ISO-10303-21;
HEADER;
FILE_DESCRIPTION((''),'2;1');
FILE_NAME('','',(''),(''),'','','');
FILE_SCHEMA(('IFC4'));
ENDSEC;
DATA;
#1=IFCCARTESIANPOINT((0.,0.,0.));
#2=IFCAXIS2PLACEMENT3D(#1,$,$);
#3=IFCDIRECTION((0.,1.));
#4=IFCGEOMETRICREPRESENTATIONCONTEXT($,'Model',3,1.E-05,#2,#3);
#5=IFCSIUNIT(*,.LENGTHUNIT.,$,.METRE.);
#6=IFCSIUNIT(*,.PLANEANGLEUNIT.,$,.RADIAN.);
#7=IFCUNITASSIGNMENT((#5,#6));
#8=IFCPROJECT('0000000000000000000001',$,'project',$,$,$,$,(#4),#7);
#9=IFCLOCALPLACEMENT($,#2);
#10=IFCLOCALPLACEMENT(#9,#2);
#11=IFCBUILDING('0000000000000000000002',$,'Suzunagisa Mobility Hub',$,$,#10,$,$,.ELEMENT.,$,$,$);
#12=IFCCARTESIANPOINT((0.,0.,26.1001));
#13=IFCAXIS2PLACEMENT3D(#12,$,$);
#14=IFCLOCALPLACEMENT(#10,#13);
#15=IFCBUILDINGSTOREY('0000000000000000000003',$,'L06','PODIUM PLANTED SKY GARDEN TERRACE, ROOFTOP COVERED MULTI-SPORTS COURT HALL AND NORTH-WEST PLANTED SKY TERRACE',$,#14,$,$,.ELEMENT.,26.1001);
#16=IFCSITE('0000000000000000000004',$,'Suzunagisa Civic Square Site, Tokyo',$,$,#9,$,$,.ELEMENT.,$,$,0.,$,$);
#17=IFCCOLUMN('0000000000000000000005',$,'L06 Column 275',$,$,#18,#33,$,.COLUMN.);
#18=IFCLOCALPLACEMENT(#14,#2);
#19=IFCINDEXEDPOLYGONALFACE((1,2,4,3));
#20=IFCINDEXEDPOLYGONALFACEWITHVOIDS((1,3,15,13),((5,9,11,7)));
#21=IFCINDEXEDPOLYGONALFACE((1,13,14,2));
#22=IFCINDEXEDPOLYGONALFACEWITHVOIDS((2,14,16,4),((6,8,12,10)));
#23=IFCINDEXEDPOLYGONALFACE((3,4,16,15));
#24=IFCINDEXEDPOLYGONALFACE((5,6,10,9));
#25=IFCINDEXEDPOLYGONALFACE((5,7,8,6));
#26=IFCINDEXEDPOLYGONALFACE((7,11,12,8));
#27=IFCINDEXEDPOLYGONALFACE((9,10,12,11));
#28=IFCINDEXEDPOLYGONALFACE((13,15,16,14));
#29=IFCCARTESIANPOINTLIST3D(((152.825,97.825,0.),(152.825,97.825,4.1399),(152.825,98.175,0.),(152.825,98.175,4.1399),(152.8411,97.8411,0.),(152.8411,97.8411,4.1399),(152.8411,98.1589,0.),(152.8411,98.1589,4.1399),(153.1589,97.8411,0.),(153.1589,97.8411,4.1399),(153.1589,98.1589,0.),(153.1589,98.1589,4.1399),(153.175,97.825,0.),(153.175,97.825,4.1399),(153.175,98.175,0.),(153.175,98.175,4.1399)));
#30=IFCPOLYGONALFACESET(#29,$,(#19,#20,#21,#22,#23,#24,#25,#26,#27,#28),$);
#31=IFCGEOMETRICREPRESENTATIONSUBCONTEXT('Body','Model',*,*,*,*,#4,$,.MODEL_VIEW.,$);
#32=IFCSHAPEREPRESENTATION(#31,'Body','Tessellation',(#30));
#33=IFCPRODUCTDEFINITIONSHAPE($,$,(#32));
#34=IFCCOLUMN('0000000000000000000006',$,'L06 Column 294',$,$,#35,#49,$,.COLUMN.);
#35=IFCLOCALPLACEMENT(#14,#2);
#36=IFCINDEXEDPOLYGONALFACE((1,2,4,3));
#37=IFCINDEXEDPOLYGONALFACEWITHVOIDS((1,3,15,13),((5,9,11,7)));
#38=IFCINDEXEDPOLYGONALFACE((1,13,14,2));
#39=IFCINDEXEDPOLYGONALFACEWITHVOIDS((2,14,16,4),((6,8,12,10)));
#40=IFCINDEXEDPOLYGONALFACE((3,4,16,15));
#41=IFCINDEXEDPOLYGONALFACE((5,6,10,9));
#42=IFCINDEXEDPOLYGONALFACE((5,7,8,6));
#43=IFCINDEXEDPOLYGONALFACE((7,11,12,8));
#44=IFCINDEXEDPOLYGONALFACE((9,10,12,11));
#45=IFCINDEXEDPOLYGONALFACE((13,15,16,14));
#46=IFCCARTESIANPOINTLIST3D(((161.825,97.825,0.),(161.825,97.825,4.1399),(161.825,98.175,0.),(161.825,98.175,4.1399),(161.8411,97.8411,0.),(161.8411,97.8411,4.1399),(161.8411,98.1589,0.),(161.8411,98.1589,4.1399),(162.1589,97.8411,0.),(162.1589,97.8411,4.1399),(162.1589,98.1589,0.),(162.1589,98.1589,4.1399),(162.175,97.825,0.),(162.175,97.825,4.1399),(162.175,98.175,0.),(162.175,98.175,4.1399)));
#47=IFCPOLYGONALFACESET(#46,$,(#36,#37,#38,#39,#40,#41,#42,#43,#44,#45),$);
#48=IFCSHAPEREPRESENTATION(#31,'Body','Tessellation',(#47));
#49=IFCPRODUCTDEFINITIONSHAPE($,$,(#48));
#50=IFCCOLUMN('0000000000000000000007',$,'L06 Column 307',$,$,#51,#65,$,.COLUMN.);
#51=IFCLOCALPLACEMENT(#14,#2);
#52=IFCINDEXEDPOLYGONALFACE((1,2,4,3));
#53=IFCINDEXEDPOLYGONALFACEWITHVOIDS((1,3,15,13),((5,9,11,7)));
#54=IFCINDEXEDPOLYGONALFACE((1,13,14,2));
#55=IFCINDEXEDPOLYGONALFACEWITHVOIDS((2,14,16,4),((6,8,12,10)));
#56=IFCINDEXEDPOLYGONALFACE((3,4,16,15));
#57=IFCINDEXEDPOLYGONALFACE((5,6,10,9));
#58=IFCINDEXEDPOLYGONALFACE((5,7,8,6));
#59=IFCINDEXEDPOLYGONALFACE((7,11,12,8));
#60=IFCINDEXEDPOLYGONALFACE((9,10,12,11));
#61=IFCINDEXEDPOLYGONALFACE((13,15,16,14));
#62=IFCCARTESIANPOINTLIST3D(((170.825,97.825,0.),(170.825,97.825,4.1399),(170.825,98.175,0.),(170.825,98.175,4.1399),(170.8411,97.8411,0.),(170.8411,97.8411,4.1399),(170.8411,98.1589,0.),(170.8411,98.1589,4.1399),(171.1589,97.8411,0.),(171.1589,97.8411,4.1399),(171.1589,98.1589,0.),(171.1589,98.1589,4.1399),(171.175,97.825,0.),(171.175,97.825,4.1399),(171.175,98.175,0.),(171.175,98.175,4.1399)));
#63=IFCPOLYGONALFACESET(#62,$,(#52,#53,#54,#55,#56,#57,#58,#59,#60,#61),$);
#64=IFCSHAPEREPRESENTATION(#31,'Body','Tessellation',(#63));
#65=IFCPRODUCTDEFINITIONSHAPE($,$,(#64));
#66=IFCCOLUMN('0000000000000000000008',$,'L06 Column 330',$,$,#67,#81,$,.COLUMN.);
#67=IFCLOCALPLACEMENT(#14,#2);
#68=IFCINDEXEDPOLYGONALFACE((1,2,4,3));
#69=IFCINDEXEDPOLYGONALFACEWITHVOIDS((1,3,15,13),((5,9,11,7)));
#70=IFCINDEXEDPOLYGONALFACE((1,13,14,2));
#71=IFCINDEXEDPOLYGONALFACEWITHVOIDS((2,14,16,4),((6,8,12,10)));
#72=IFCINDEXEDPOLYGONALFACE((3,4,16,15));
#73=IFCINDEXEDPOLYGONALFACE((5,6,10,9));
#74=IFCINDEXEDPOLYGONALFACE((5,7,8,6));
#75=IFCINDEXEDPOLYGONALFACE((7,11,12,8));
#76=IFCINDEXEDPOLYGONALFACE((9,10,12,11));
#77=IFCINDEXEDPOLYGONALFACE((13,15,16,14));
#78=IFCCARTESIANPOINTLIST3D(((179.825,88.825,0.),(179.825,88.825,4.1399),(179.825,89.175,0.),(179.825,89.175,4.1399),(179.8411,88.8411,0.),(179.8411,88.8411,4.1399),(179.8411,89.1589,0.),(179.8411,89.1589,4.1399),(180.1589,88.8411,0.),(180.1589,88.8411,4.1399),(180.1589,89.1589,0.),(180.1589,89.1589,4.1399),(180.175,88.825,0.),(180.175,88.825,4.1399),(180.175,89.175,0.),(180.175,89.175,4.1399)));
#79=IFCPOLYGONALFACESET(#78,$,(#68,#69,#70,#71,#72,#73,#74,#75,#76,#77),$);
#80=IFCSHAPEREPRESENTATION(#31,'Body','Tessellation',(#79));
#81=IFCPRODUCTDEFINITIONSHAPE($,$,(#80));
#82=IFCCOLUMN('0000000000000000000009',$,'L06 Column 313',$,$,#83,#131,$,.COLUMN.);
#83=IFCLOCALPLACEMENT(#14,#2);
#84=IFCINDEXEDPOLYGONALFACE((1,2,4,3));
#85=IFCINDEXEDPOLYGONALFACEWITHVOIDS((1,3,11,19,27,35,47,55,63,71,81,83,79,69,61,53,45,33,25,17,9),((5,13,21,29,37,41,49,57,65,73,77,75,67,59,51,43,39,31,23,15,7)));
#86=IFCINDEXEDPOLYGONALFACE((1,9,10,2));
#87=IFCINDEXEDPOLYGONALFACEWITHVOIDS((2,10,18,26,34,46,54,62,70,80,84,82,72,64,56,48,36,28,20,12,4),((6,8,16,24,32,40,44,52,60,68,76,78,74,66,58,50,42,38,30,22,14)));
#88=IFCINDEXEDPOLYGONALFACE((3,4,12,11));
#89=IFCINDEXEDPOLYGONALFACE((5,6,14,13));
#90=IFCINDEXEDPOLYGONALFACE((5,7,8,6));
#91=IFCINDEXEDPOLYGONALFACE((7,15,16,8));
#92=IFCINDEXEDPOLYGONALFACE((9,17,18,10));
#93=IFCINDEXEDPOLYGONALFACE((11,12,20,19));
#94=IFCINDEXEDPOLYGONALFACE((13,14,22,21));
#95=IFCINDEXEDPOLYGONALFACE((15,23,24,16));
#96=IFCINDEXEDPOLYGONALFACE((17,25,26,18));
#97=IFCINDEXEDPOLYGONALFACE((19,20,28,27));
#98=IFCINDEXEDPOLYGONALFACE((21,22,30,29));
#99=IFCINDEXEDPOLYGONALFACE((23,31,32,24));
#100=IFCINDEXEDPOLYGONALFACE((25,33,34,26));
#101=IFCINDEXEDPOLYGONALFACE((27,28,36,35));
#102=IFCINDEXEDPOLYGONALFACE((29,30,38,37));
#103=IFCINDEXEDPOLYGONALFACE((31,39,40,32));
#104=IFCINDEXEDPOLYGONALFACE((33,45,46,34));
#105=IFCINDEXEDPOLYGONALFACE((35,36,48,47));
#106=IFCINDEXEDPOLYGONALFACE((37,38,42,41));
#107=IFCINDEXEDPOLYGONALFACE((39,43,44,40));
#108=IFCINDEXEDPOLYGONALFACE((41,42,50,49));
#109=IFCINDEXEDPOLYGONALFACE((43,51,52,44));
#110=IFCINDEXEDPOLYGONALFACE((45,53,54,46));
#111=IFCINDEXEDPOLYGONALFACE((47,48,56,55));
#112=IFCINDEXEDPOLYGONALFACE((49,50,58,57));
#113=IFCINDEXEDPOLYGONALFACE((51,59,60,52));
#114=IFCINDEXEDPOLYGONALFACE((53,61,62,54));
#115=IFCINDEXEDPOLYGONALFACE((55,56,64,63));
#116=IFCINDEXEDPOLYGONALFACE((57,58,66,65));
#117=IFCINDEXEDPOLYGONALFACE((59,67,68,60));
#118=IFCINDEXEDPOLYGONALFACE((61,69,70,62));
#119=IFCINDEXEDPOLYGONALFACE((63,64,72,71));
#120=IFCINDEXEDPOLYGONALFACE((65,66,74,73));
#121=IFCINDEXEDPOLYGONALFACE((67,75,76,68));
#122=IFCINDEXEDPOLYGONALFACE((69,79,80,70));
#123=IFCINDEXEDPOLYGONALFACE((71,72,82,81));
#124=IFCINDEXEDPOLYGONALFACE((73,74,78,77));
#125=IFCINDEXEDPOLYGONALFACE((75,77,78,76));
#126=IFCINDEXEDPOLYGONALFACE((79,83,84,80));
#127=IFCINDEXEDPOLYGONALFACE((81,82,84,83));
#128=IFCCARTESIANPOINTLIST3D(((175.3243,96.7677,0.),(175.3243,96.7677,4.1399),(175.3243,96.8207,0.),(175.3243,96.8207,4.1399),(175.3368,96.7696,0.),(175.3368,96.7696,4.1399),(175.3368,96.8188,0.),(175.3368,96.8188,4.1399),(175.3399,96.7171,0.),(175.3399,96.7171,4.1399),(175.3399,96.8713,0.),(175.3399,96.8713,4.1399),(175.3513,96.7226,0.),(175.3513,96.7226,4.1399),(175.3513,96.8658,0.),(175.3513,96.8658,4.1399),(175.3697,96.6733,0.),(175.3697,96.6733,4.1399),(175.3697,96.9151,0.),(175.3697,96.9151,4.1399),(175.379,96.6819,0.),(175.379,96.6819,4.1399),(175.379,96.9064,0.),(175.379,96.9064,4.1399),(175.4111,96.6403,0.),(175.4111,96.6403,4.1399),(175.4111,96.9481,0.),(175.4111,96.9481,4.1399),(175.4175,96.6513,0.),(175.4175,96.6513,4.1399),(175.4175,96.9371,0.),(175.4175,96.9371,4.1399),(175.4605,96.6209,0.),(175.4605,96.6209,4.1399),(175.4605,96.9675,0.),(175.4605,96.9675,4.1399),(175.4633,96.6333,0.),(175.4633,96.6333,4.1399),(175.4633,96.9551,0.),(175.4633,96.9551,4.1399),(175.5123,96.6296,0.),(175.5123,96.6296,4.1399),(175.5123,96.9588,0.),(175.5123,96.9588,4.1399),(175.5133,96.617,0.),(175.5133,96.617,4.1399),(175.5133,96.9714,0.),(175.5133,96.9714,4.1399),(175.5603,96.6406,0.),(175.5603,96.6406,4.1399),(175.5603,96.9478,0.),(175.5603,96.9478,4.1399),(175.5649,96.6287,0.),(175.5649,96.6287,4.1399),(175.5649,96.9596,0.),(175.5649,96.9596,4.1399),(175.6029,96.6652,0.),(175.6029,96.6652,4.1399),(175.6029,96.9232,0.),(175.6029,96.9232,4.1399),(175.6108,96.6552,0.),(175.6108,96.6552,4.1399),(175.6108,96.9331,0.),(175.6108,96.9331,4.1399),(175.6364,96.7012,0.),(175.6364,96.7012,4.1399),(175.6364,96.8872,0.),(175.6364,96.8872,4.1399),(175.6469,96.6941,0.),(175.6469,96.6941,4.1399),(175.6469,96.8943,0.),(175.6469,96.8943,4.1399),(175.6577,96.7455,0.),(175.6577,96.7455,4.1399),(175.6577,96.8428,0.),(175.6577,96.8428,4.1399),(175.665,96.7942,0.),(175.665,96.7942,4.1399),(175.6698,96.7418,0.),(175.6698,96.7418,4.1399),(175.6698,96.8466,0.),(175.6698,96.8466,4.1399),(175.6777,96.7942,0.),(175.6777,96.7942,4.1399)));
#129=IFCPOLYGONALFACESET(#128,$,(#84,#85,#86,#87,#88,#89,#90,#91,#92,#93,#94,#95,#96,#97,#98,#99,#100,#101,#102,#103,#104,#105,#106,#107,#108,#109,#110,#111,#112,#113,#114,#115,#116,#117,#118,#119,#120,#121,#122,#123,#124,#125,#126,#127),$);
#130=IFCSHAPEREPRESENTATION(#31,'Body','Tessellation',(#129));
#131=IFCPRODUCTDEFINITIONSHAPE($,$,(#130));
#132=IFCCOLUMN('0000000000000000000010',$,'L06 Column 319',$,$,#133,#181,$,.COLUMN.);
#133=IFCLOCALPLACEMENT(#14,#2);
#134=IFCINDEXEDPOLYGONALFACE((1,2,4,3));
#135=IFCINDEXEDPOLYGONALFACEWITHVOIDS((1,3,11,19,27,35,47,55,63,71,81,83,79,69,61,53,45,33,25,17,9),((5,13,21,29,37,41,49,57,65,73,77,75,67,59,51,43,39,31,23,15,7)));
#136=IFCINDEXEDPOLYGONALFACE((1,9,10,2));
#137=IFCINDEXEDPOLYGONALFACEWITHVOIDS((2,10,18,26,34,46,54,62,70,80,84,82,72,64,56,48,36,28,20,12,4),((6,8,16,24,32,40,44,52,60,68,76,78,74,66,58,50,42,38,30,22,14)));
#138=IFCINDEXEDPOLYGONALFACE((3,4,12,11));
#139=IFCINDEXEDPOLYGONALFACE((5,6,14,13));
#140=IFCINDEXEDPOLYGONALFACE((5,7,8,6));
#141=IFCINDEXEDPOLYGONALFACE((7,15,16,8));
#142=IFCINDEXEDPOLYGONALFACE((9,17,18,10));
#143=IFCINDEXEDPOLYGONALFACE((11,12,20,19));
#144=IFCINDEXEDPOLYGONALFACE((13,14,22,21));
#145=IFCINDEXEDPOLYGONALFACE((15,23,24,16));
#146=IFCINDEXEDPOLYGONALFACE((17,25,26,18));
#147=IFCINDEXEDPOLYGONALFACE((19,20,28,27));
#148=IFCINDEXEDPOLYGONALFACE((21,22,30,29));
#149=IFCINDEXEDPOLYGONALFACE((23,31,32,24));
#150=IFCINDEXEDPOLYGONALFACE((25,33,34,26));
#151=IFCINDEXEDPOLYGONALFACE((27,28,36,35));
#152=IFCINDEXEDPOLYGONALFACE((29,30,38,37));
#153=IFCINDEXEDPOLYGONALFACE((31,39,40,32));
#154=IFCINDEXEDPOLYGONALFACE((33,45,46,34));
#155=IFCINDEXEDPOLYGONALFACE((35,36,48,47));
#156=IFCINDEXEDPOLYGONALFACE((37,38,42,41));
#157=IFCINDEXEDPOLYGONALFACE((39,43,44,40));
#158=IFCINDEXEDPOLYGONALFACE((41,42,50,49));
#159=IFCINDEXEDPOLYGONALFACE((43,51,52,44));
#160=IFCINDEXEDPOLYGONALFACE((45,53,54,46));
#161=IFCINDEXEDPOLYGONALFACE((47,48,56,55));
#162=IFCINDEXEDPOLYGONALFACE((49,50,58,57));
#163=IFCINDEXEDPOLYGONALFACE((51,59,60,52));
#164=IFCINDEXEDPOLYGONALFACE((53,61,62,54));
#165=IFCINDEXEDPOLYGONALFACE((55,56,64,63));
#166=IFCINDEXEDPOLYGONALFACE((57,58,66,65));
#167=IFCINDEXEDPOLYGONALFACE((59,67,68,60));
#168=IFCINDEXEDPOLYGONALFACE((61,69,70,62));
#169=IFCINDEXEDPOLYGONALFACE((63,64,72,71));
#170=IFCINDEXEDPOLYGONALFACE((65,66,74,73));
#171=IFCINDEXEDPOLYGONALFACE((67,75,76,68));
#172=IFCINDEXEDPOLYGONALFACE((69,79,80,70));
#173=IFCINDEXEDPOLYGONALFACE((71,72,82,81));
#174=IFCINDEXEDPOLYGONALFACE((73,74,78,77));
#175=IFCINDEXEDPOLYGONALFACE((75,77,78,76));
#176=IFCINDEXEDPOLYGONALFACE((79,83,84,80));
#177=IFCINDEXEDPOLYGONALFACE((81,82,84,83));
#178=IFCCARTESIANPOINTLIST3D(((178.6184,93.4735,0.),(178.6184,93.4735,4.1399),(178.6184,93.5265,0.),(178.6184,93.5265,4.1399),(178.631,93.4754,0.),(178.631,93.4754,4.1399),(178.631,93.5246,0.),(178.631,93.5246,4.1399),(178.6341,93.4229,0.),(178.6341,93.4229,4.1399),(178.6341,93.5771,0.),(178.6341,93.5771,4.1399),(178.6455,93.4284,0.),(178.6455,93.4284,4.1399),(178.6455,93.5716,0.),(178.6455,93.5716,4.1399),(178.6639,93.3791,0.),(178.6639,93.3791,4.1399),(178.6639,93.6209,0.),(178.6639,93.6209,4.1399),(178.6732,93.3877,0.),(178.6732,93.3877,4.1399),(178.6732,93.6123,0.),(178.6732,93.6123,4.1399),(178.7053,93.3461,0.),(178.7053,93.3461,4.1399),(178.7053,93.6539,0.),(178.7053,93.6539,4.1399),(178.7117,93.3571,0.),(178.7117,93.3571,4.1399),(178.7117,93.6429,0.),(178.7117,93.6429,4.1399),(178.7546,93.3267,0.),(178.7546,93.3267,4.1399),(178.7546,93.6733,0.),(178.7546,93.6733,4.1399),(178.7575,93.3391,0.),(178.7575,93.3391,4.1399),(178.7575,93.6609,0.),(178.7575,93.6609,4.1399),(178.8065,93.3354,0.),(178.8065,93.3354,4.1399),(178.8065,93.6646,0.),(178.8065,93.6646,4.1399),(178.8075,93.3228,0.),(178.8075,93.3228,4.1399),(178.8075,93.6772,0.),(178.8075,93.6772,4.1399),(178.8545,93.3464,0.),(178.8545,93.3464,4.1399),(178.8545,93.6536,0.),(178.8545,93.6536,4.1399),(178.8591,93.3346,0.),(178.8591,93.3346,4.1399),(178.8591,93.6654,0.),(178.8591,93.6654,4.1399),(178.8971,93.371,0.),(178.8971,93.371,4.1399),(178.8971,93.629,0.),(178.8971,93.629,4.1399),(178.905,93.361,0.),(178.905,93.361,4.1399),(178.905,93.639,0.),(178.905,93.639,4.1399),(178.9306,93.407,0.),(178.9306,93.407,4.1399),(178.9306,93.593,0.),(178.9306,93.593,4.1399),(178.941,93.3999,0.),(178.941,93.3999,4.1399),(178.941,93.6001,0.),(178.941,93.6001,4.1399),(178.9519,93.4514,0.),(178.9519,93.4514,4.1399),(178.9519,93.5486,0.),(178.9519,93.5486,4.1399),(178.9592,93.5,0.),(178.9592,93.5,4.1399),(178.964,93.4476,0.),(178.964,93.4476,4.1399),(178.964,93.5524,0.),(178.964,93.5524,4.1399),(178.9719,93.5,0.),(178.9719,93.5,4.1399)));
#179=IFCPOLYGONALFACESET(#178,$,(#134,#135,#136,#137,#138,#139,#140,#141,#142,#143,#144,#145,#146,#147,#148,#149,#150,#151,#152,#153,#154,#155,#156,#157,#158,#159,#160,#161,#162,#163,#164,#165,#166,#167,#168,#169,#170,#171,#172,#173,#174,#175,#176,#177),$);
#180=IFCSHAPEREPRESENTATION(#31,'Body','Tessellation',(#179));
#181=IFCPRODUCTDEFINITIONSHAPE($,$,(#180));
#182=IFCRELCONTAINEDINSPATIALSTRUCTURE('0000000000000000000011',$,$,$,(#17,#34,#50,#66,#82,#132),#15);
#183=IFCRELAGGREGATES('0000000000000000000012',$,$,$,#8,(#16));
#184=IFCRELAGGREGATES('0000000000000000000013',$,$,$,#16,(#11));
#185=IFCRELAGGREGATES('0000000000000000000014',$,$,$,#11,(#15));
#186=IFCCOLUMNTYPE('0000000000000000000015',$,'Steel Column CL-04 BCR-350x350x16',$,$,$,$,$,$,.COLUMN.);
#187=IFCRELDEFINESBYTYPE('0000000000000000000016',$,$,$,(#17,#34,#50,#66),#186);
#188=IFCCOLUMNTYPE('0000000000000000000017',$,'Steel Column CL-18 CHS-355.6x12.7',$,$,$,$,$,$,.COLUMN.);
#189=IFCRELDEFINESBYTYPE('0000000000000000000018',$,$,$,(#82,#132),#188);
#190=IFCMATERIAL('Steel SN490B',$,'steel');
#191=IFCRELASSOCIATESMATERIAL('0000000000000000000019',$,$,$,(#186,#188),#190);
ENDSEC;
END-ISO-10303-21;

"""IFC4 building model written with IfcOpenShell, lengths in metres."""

from ifc_helpers import new_model, si_unit, direction, frame, origin, origin_2d, place, context, subcontext, project, spatial, hollow_rectangle, hollow_circle, extrude, material, material_profile, profile_set, type_object, element, save


model = new_model("IFC4")

# Units and contexts
model_context = context("Model", 3, precision=1e-05, world=origin(), true_north=direction((0.0, 1.0)))
body_context = subcontext(model_context, "Body", "Model", "MODEL_VIEW")
ifc_project = project(units=[si_unit("LENGTHUNIT", "METRE"), si_unit("PLANEANGLEUNIT", "RADIAN")], contexts=[model_context])

# Site, building, storey
site_placement = place(None, origin())
site = spatial("IfcSite", under=ifc_project, at=site_placement, Name="Suzunagisa Civic Square Site, Tokyo", CompositionType="ELEMENT", RefElevation=0.0)
building_placement = place(site_placement, origin())
building = spatial("IfcBuilding", under=site, at=building_placement, Name="Suzunagisa Mobility Hub", CompositionType="ELEMENT")
storey_placement = place(building_placement, frame((0.0, 0.0, 26.1001)))
storey = spatial("IfcBuildingStorey", under=building, at=storey_placement, Name="L06", Description="PODIUM PLANTED SKY GARDEN TERRACE, ROOFTOP COVERED MULTI-SPORTS COURT HALL AND NORTH-WEST PLANTED SKY TERRACE", CompositionType="ELEMENT", Elevation=26.1001)

# Columns
ifc_material_1 = material(Name="Steel SN490B", Category="steel")
ifc_material_profile_1 = material_profile(ifc_material_1, hollow_rectangle(XDim=0.3501, YDim=0.3501, WallThickness=0.0161, at=origin_2d()), Name="BCR-350x350x16")
ifc_profile_set_1 = profile_set([ifc_material_profile_1], Name="Steel SN490B")
column_type_1 = type_object("IfcColumnType", Name="Steel Column CL-04 BCR-350x350x16", PredefinedType="COLUMN", material=ifc_profile_set_1)
for number, where, z_axis, x_axis, name in (
    (1, (153.0, 98.0, 0.0), (0.0, 0.0, 1.0), (1.0, 0.0, 0.0), "L06 Column 275"),
    (2, (162.0, 98.0, 0.0), (0.0, 0.0, 1.0), (1.0, 0.0, 0.0), "L06 Column 294"),
    (3, (171.0, 98.0, 0.0), (0.0, 0.0, 1.0), (1.0, 0.0, 0.0), "L06 Column 307"),
    (4, (180.0, 89.0, 0.0), (0.0, 0.0, 1.0), (1.0, 0.0, 0.0), "L06 Column 330"),
):
    element("IfcColumn", number, at=place(storey_placement, frame(where, z_axis=z_axis, x_axis=x_axis)), inside=storey, type_object=column_type_1, Name=name, PredefinedType="COLUMN", context=body_context, shape_type="SweptSolid", body=[
        extrude(hollow_rectangle(XDim=0.3501, YDim=0.3501, WallThickness=0.0161, at=origin_2d()), origin(), (0.0, 0.0, 1.0), 4.1399),
    ])
ifc_material_profile_2 = material_profile(ifc_material_1, hollow_circle(Radius=0.1777, WallThickness=0.0127, at=origin_2d()), Name="CHS-355.6x12.7")
ifc_profile_set_2 = profile_set([ifc_material_profile_2], Name="Steel SN490B")
column_type_2 = type_object("IfcColumnType", Name="Steel Column CL-18 CHS-355.6x12.7", PredefinedType="COLUMN", material=ifc_profile_set_2)
for number, where, z_axis, x_axis, name in (
    (5, (175.5, 96.7942, 0.0), (0.0, 0.0, 1.0), (1.0, 0.0, 0.0), "L06 Column 313"),
    (6, (178.7942, 93.5, 0.0), (0.0, 0.0, 1.0), (1.0, 0.0, 0.0), "L06 Column 319"),
):
    element("IfcColumn", number, at=place(storey_placement, frame(where, z_axis=z_axis, x_axis=x_axis)), inside=storey, type_object=column_type_2, Name=name, PredefinedType="COLUMN", context=body_context, shape_type="SweptSolid", body=[
        extrude(hollow_circle(Radius=0.1777, WallThickness=0.0127, at=origin_2d()), origin(), (0.0, 0.0, 1.0), 4.1399),
    ])

save(model, "model.ifc")
